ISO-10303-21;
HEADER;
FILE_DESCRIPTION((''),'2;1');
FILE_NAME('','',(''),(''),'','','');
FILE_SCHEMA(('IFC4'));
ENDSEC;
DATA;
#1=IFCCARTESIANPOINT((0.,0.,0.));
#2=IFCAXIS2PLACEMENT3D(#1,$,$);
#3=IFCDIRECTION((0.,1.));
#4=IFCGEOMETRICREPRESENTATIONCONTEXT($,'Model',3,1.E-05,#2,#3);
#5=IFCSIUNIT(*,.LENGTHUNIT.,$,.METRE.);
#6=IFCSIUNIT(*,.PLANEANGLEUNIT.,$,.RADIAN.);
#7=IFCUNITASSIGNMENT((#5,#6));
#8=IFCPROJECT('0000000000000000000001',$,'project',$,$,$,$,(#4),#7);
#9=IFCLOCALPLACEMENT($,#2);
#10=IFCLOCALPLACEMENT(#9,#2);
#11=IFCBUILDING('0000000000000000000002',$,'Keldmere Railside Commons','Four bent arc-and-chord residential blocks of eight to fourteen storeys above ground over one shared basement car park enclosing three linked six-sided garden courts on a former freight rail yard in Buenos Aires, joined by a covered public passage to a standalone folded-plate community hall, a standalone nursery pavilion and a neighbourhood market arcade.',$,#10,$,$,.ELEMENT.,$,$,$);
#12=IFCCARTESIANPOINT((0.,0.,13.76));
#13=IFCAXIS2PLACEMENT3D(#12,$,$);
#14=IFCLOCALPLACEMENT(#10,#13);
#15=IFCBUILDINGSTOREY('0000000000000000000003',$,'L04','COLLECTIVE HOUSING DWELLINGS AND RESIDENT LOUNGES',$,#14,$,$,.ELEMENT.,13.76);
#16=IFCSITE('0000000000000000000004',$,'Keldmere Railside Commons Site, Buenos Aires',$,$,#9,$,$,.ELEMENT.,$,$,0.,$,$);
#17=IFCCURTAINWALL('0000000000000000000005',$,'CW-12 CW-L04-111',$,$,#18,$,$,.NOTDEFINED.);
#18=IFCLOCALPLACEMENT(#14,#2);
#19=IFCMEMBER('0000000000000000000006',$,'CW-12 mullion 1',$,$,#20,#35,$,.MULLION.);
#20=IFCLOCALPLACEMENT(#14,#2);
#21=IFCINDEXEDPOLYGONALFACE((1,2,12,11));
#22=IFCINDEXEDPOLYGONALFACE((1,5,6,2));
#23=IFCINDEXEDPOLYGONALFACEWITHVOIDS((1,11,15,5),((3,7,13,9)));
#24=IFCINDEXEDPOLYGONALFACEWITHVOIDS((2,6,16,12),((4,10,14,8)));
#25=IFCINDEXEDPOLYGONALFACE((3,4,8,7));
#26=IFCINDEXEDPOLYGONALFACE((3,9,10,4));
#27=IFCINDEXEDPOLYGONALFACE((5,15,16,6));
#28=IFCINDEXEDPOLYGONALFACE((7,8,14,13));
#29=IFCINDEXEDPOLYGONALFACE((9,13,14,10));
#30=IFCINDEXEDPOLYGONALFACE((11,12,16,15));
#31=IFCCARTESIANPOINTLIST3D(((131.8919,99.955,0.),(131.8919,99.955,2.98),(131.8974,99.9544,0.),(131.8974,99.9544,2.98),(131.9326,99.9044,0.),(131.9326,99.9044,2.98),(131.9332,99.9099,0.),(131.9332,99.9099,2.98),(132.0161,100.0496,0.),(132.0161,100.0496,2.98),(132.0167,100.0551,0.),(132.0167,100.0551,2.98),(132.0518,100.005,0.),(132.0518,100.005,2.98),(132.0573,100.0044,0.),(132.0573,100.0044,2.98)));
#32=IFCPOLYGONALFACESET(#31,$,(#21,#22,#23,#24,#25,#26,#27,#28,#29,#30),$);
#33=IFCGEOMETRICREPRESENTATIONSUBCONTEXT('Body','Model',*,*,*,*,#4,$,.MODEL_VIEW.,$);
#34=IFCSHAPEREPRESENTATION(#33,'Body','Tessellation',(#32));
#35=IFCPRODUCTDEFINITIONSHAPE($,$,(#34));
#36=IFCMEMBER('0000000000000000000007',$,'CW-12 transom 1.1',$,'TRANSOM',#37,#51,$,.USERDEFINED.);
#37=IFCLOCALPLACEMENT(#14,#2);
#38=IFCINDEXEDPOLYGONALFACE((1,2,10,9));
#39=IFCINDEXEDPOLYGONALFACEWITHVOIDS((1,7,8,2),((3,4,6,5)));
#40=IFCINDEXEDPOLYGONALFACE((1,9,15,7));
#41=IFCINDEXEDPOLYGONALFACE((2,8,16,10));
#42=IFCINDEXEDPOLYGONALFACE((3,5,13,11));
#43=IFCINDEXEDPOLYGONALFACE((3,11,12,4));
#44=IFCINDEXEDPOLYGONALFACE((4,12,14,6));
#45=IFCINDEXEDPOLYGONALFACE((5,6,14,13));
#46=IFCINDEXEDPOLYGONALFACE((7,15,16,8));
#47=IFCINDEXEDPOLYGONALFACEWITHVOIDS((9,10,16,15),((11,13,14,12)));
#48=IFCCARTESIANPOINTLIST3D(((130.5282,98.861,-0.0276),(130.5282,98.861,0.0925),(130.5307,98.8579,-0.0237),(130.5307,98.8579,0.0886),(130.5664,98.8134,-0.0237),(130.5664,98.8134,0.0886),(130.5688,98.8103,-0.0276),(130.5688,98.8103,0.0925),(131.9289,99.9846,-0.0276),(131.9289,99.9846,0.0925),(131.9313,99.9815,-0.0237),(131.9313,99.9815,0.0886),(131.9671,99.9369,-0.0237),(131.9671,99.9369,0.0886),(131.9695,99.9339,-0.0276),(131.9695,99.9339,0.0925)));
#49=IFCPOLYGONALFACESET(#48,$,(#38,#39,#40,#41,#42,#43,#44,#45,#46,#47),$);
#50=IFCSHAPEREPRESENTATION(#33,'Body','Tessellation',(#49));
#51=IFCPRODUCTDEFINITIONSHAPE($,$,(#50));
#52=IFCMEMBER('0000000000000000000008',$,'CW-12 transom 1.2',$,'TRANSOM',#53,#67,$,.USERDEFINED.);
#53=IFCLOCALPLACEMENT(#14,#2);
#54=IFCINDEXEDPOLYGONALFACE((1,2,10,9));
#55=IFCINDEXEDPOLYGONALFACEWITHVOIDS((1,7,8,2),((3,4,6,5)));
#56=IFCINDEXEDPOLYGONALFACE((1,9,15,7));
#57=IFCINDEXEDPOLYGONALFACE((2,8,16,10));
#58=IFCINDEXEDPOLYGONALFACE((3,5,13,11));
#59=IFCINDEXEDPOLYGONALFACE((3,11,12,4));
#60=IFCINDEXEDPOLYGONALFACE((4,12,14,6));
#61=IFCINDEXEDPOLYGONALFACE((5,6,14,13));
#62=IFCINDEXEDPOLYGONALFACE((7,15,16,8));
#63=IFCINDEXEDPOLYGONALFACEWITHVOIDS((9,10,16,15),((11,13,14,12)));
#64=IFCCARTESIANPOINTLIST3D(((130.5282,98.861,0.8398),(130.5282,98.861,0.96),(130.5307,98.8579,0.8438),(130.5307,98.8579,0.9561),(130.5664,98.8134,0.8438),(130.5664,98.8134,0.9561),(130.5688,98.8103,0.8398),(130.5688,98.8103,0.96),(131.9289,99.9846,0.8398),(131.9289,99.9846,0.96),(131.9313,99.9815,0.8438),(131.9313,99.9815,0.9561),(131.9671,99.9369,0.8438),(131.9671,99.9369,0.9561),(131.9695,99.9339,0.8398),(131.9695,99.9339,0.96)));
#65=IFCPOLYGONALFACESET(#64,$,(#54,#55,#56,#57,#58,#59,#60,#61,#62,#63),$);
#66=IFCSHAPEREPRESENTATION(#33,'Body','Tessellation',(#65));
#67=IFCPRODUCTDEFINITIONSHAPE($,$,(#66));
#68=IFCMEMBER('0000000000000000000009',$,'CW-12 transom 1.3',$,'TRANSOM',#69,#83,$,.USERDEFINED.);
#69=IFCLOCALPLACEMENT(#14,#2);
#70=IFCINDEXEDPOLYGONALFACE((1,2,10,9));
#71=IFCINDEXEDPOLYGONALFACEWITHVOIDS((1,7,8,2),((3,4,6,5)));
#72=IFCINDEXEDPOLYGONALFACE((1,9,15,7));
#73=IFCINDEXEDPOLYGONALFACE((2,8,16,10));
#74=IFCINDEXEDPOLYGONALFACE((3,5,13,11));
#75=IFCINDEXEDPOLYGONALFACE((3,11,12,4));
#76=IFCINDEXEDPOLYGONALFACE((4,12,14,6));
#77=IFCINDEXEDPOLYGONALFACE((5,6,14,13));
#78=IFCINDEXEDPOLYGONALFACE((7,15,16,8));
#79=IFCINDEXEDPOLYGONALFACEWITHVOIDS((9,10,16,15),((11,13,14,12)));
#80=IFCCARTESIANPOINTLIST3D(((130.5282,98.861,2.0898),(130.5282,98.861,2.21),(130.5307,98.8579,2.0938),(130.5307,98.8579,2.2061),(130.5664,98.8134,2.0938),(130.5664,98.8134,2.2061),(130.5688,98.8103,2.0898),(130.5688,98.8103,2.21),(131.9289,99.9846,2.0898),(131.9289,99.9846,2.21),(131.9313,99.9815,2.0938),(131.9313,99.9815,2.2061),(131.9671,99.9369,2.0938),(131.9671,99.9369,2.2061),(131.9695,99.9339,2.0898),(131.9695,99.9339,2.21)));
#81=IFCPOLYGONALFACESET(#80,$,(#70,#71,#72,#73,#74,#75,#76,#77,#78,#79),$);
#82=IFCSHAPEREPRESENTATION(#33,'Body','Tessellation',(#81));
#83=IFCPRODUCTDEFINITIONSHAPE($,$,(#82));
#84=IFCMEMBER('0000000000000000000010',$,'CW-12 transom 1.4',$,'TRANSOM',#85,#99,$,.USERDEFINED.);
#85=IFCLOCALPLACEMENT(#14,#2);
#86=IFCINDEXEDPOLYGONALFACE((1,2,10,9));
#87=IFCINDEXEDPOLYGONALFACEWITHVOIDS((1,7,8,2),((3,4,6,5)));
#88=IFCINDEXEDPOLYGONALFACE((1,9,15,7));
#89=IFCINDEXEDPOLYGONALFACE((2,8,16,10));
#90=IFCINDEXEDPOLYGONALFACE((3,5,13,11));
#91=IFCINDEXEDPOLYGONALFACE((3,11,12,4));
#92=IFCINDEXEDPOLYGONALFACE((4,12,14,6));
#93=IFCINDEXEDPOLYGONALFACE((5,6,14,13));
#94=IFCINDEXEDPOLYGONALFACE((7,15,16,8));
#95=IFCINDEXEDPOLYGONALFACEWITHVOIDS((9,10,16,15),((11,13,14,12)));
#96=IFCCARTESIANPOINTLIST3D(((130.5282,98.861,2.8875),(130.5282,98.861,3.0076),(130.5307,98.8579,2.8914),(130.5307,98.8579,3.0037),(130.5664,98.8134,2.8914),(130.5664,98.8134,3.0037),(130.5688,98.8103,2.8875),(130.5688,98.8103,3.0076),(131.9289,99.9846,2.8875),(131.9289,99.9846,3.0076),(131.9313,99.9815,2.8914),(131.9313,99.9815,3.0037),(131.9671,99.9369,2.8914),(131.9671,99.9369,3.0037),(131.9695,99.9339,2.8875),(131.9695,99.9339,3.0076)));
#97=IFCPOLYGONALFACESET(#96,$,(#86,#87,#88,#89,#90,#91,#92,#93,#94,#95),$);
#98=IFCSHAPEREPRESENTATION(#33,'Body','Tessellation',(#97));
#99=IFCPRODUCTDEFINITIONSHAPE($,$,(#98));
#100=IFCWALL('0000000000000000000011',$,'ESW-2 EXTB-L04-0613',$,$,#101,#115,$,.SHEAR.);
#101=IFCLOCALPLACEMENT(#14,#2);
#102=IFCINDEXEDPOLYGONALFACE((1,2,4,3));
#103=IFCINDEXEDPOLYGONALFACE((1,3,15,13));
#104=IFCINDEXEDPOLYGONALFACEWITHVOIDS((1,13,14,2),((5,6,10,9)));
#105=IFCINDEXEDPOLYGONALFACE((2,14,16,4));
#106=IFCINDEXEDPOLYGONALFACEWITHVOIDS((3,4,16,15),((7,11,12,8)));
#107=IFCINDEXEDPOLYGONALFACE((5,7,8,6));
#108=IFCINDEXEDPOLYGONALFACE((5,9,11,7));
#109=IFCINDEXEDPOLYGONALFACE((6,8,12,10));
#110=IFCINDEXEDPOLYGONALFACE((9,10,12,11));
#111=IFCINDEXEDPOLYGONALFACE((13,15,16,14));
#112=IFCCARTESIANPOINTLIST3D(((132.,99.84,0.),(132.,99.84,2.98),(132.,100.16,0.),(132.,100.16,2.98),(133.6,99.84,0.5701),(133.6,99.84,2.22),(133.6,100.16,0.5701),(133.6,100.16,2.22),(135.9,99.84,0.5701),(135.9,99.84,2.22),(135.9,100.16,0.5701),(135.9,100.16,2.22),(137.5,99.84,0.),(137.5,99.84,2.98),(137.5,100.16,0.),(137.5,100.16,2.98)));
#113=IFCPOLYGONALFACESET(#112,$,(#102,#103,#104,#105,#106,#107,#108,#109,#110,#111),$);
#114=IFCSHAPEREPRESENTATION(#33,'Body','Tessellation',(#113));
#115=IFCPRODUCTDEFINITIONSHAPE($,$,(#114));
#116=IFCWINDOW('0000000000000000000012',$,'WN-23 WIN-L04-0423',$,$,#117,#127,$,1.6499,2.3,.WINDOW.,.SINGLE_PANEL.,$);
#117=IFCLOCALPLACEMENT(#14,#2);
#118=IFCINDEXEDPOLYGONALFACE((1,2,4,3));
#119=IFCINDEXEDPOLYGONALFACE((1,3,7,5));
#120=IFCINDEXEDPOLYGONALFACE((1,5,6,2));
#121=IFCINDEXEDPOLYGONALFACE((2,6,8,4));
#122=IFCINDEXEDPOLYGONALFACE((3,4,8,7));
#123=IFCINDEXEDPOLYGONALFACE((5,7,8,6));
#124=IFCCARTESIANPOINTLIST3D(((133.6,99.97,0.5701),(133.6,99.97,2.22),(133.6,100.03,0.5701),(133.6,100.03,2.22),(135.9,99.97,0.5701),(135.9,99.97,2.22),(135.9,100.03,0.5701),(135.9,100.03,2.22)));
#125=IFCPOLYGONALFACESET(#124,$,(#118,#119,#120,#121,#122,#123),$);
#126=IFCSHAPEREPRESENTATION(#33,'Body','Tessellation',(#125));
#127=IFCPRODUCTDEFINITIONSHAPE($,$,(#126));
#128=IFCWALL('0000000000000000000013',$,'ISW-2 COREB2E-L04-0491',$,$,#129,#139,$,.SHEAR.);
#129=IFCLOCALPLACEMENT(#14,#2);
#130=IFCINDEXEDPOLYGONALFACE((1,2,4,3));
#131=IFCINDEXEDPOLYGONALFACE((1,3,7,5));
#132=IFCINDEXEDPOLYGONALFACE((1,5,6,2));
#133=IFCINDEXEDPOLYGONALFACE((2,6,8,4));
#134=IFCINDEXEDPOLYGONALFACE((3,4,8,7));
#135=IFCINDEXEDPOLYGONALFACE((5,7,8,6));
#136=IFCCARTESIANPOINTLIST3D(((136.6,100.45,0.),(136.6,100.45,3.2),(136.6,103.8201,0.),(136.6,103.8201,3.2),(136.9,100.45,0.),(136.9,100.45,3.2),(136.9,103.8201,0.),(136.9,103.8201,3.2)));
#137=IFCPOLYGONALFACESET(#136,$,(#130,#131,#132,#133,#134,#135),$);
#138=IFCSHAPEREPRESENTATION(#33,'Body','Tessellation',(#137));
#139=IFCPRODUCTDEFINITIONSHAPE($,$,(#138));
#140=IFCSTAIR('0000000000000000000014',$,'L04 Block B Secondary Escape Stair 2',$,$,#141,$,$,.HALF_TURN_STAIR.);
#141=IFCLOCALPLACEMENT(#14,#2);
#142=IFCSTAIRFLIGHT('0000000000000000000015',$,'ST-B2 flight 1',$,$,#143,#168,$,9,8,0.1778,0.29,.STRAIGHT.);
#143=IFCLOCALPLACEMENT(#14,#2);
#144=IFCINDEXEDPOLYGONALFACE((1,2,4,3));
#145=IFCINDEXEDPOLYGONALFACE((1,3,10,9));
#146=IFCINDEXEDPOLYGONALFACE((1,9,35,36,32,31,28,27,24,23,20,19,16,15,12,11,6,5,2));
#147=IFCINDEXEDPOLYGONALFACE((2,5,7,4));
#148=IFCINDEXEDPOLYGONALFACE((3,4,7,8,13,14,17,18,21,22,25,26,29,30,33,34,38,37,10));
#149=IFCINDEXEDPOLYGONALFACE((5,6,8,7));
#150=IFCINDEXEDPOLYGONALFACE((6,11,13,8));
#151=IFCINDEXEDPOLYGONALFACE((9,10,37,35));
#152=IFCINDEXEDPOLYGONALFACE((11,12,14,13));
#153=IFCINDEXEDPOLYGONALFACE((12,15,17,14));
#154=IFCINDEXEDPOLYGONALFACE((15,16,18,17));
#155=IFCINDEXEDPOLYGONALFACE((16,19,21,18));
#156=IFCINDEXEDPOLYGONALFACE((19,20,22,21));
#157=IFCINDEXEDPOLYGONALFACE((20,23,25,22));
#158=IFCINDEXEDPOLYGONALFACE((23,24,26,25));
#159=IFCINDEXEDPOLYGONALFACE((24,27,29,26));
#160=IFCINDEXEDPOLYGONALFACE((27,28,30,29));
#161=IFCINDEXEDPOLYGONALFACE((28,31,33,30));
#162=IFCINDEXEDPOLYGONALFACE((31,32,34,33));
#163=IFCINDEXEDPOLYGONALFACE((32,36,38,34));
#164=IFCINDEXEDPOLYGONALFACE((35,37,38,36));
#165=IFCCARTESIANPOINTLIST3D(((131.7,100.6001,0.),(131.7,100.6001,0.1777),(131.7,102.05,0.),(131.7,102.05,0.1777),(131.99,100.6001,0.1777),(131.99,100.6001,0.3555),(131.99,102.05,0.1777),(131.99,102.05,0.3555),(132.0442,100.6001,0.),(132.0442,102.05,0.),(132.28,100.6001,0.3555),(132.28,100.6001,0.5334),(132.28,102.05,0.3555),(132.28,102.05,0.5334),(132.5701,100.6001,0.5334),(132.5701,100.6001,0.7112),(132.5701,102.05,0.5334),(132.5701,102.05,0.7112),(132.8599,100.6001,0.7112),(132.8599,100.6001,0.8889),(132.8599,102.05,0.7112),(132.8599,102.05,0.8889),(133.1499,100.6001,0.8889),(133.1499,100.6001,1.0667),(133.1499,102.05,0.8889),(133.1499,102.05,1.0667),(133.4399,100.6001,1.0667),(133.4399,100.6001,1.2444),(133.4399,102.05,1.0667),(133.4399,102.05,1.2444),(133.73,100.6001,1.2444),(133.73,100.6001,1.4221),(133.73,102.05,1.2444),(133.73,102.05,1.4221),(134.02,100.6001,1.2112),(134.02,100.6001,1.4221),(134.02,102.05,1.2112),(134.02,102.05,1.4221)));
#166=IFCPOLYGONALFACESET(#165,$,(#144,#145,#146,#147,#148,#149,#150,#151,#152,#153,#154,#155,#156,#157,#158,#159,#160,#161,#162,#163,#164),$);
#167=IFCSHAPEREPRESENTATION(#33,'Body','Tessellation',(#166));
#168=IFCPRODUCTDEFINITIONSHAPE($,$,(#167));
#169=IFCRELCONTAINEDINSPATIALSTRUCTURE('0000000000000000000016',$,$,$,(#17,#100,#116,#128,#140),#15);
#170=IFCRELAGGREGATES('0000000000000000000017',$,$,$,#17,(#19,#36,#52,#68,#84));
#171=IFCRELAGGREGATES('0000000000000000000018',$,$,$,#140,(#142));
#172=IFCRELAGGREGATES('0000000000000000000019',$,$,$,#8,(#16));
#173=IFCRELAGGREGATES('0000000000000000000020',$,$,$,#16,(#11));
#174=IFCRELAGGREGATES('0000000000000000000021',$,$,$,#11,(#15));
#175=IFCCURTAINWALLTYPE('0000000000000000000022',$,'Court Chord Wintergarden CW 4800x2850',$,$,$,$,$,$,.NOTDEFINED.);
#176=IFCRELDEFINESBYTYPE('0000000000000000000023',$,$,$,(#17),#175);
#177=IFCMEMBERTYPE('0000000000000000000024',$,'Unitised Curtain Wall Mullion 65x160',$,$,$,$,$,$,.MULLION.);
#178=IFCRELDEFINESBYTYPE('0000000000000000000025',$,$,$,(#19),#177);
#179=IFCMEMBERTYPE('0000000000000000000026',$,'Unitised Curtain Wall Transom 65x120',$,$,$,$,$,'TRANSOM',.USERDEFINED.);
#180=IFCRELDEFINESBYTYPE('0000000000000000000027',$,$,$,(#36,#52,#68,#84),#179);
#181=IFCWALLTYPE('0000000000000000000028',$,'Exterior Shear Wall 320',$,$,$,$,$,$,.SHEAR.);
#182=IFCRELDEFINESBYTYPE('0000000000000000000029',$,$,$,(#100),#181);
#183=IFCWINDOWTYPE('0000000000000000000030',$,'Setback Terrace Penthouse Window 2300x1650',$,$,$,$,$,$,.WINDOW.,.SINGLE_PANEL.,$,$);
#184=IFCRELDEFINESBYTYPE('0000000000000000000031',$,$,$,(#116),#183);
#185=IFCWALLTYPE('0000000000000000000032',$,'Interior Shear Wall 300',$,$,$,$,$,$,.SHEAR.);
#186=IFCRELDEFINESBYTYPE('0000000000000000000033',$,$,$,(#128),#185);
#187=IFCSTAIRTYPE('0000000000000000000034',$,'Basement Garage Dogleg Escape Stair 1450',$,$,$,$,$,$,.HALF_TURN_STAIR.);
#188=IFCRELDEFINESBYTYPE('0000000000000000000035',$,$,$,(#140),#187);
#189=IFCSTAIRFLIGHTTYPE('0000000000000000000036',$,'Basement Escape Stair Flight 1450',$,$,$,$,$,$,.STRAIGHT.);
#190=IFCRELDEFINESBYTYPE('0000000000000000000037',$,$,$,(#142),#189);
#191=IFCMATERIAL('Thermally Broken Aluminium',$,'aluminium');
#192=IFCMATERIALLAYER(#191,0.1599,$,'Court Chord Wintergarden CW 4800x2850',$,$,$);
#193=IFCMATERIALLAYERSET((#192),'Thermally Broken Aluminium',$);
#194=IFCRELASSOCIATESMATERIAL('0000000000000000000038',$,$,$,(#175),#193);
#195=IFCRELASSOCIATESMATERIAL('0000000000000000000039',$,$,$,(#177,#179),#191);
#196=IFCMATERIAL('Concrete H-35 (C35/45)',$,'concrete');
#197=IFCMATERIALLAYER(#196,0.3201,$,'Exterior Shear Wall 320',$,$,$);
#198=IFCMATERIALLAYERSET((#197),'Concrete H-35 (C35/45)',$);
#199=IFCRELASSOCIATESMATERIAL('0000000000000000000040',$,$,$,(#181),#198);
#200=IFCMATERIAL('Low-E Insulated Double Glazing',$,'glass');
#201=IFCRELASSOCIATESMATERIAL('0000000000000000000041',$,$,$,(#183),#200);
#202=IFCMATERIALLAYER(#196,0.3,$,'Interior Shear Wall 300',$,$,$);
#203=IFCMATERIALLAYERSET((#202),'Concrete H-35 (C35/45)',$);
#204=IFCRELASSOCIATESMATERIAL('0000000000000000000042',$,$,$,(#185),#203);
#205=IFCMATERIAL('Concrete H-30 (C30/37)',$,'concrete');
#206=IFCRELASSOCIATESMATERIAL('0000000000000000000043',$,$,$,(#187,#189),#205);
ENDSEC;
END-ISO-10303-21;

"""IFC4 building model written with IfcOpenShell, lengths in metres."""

from ifc_helpers import new_model, si_unit, direction, frame, frame_2d, origin, origin_2d, place, context, subcontext, project, spatial, polyline, rectangle, hollow_rectangle, outline, extrude, material, layer, layer_set, material_profile, profile_set, type_object, element, fill, aggregate, save


model = new_model("IFC4")

# Units and contexts
model_context = context("Model", 3, precision=1e-05, world=origin(), true_north=direction((0.0, 1.0)))
body_context = subcontext(model_context, "Body", "Model", "MODEL_VIEW")
ifc_project = project(units=[si_unit("LENGTHUNIT", "METRE"), si_unit("PLANEANGLEUNIT", "RADIAN")], contexts=[model_context])

# Site, building, storey
site_placement = place(None, origin())
site = spatial("IfcSite", under=ifc_project, at=site_placement, Name="Keldmere Railside Commons Site, Buenos Aires", CompositionType="ELEMENT", RefElevation=0.0)
building_placement = place(site_placement, origin())
building = spatial("IfcBuilding", under=site, at=building_placement, Name="Keldmere Railside Commons", Description="Four bent arc-and-chord residential blocks of eight to fourteen storeys above ground over one shared basement car park enclosing three linked six-sided garden courts on a former freight rail yard in Buenos Aires, joined by a covered public passage to a standalone folded-plate community hall, a standalone nursery pavilion and a neighbourhood market arcade.", CompositionType="ELEMENT")
storey_placement = place(building_placement, frame((0.0, 0.0, 13.76)))
storey = spatial("IfcBuildingStorey", under=building, at=storey_placement, Name="L04", Description="COLLECTIVE HOUSING DWELLINGS AND RESIDENT LOUNGES", CompositionType="ELEMENT", Elevation=13.76)

# Curtain wall, members
ifc_material_1 = material(Name="Thermally Broken Aluminium", Category="aluminium")
ifc_layer_1 = layer(ifc_material_1, 0.1599, Name="Court Chord Wintergarden CW 4800x2850")
ifc_layer_set_1 = layer_set([ifc_layer_1], Name="Thermally Broken Aluminium")
curtain_wall_type = type_object("IfcCurtainWallType", Name="Court Chord Wintergarden CW 4800x2850", PredefinedType="NOTDEFINED", material=ifc_layer_set_1)
curtain_wall_placement = place(storey_placement, origin())
curtain_wall = element("IfcCurtainWall", 1, at=curtain_wall_placement, inside=storey, type_object=curtain_wall_type, Name="CW-12 CW-L04-111", PredefinedType="NOTDEFINED")
ifc_material_profile_1 = material_profile(ifc_material_1, hollow_rectangle(XDim=0.0649, YDim=0.1599, WallThickness=0.0039, at=origin_2d()), Name="ALU-MULL-65x160")
ifc_profile_set_1 = profile_set([ifc_material_profile_1], Name="Thermally Broken Aluminium")
member_type_1 = type_object("IfcMemberType", Name="Unitised Curtain Wall Mullion 65x160", PredefinedType="MULLION", material=ifc_profile_set_1)
member_1_placement = place(storey_placement, frame((131.9746, 99.9797, 0.0), z_axis=(0.0, 0.0, 1.0), x_axis=(0.625768, -0.780009, 0.0)))
member_1 = element("IfcMember", 2, at=member_1_placement, type_object=member_type_1, Name="CW-12 mullion 1", PredefinedType="MULLION", context=body_context, shape_type="SweptSolid", body=[
    extrude(hollow_rectangle(XDim=0.0649, YDim=0.1599, WallThickness=0.0039, at=origin_2d()), origin(), (0.0, 0.0, 1.0), 2.98),
])
ifc_material_profile_2 = material_profile(ifc_material_1, hollow_rectangle(XDim=0.0649, YDim=0.1201, WallThickness=0.0039, at=origin_2d()), Name="ALU-TRAN-65x120")
ifc_profile_set_2 = profile_set([ifc_material_profile_2], Name="Thermally Broken Aluminium")
member_type_2 = type_object("IfcMemberType", Name="Unitised Curtain Wall Transom 65x120", ElementType="TRANSOM", PredefinedType="USERDEFINED", material=ifc_profile_set_2)
member_2_placement = place(storey_placement, frame((131.9492, 99.9592, 0.0325), z_axis=(-0.780046, -0.625723, 0.0), x_axis=(0.625723, -0.780046, 0.0)))
member_2 = element("IfcMember", 3, at=member_2_placement, type_object=member_type_2, Name="CW-12 transom 1.1", ObjectType="TRANSOM", PredefinedType="USERDEFINED", context=body_context, shape_type="SweptSolid", body=[
    extrude(hollow_rectangle(XDim=0.0649, YDim=0.1201, WallThickness=0.0039, at=origin_2d()), origin(), (0.0, 0.0, 1.0), 1.7957),
])
member_3_placement = place(storey_placement, frame((131.9492, 99.9592, 0.8999), z_axis=(-0.780046, -0.625723, 0.0), x_axis=(0.625723, -0.780046, 0.0)))
member_3 = element("IfcMember", 4, at=member_3_placement, type_object=member_type_2, Name="CW-12 transom 1.2", ObjectType="TRANSOM", PredefinedType="USERDEFINED", context=body_context, shape_type="SweptSolid", body=[
    extrude(hollow_rectangle(XDim=0.0649, YDim=0.1201, WallThickness=0.0039, at=origin_2d()), origin(), (0.0, 0.0, 1.0), 1.7957),
])
member_4_placement = place(storey_placement, frame((131.9492, 99.9592, 2.1499), z_axis=(-0.780046, -0.625723, 0.0), x_axis=(0.625723, -0.780046, 0.0)))
member_4 = element("IfcMember", 5, at=member_4_placement, type_object=member_type_2, Name="CW-12 transom 1.3", ObjectType="TRANSOM", PredefinedType="USERDEFINED", context=body_context, shape_type="SweptSolid", body=[
    extrude(hollow_rectangle(XDim=0.0649, YDim=0.1201, WallThickness=0.0039, at=origin_2d()), origin(), (0.0, 0.0, 1.0), 1.7957),
])
member_5_placement = place(storey_placement, frame((131.9492, 99.9592, 2.9475), z_axis=(-0.780046, -0.625723, 0.0), x_axis=(0.625723, -0.780046, 0.0)))
member_5 = element("IfcMember", 6, at=member_5_placement, type_object=member_type_2, Name="CW-12 transom 1.4", ObjectType="TRANSOM", PredefinedType="USERDEFINED", context=body_context, shape_type="SweptSolid", body=[
    extrude(hollow_rectangle(XDim=0.0649, YDim=0.1201, WallThickness=0.0039, at=origin_2d()), origin(), (0.0, 0.0, 1.0), 1.7957),
])
aggregate(curtain_wall, [member_1, member_2, member_3, member_4, member_5])

# Wall, opening, window
ifc_material_2 = material(Name="Concrete H-35 (C35/45)", Category="concrete")
ifc_layer_2 = layer(ifc_material_2, 0.3201, Name="Exterior Shear Wall 320")
ifc_layer_set_2 = layer_set([ifc_layer_2], Name="Concrete H-35 (C35/45)")
wall_type_1 = type_object("IfcWallType", Name="Exterior Shear Wall 320", PredefinedType="SHEAR", material=ifc_layer_set_2)
wall_1_placement = place(storey_placement, frame((137.5, 100.0, 0.0), z_axis=(0.0, 0.0, 1.0), x_axis=(-1.0, 0.0, 0.0)))
wall_1 = element("IfcWall", 7, at=wall_1_placement, inside=storey, type_object=wall_type_1, Name="ESW-2 EXTB-L04-0613", PredefinedType="SHEAR", context=body_context, shape_type="SweptSolid", body=[
    extrude(rectangle(XDim=5.5, YDim=0.3201, at=frame_2d((2.75, 0.0))), origin(), (0.0, 0.0, 1.0), 2.98),
])
opening_placement = place(wall_1_placement, frame((1.6001, 0.0, 0.5701)))
opening = element("IfcOpeningElement", 8, at=opening_placement, cuts=wall_1, PredefinedType="OPENING", context=body_context, shape_type="SweptSolid", body=[
    extrude(rectangle(XDim=2.3, YDim=1.6499, at=frame_2d((1.1499, 0.825))), frame((0.0, 0.1699, 0.0), z_axis=(0.0, -1.0, 0.0), x_axis=(1.0, 0.0, 0.0)), (0.0, 0.0, 1.0), 0.3401),
])
ifc_material_3 = material(Name="Low-E Insulated Double Glazing", Category="glass")
window_type = type_object("IfcWindowType", Name="Setback Terrace Penthouse Window 2300x1650", PartitioningType="SINGLE_PANEL", PredefinedType="WINDOW", material=ifc_material_3)
window_placement = place(opening_placement, origin())
window = element("IfcWindow", 9, at=window_placement, inside=storey, type_object=window_type, Name="WN-23 WIN-L04-0423", OverallHeight=1.6499, OverallWidth=2.3, PartitioningType="SINGLE_PANEL", PredefinedType="WINDOW", context=body_context, shape_type="SweptSolid", body=[
    extrude(rectangle(XDim=2.3, YDim=1.6499, at=frame_2d((1.1499, 0.825))), frame((0.0, 0.03, 0.0), z_axis=(0.0, -1.0, 0.0), x_axis=(1.0, 0.0, 0.0)), (0.0, 0.0, 1.0), 0.0601),
])
fill(opening, window)

# Wall
ifc_layer_3 = layer(ifc_material_2, 0.3, Name="Interior Shear Wall 300")
ifc_layer_set_3 = layer_set([ifc_layer_3], Name="Concrete H-35 (C35/45)")
wall_type_2 = type_object("IfcWallType", Name="Interior Shear Wall 300", PredefinedType="SHEAR", material=ifc_layer_set_3)
wall_2_placement = place(storey_placement, frame((136.75, 100.45, 0.0), z_axis=(0.0, 0.0, 1.0), x_axis=(0.0, 1.0, 0.0)))
element("IfcWall", 10, at=wall_2_placement, inside=storey, type_object=wall_type_2, Name="ISW-2 COREB2E-L04-0491", PredefinedType="SHEAR", context=body_context, shape_type="SweptSolid", body=[
    extrude(rectangle(XDim=3.3701, YDim=0.3, at=frame_2d((1.6851, 0.0))), origin(), (0.0, 0.0, 1.0), 3.2),
])

# Stair, stair flight
ifc_material_4 = material(Name="Concrete H-30 (C30/37)", Category="concrete")
stair_type = type_object("IfcStairType", Name="Basement Garage Dogleg Escape Stair 1450", PredefinedType="HALF_TURN_STAIR", material=ifc_material_4)
stair_placement = place(storey_placement, origin())
stair = element("IfcStair", 11, at=stair_placement, inside=storey, type_object=stair_type, Name="L04 Block B Secondary Escape Stair 2", PredefinedType="HALF_TURN_STAIR")
stair_flight_type = type_object("IfcStairFlightType", Name="Basement Escape Stair Flight 1450", PredefinedType="STRAIGHT", material=ifc_material_4)
stair_flight_1_placement = place(storey_placement, frame((131.7, 101.325, 0.0), z_axis=(0.0, 0.0, 1.0), x_axis=(1.0, 0.0, 0.0)))
stair_flight_1 = element("IfcStairFlight", 12, at=stair_flight_1_placement, type_object=stair_flight_type, Name="ST-B2 flight 1", NumberOfRisers=9, NumberOfTreads=8, PredefinedType="STRAIGHT", RiserHeight=0.1778, TreadLength=0.29, context=body_context, shape_type="SweptSolid", body=[
    extrude(outline(polyline([(0.0, 0.0), (0.0, 0.1777), (0.29, 0.1777), (0.29, 0.3555), (0.5801, 0.3555), (0.5801, 0.5334), (0.8701, 0.5334), (0.8701, 0.7112), (1.1599, 0.7112), (1.1599, 0.8889), (1.45, 0.8889), (1.45, 1.0667), (1.74, 1.0667), (1.74, 1.2444), (2.03, 1.2444), (2.03, 1.4221), (2.3201, 1.4221), (2.3201, 1.6001), (2.3201, 1.2112), (0.3442, 0.0), (0.0, 0.0)])), frame((0.0, 0.7251, 0.0), z_axis=(0.0, -1.0, 0.0), x_axis=(1.0, 0.0, 0.0)), (0.0, 0.0, 1.0), 1.45),
])
aggregate(stair, [stair_flight_1])

save(model, "model.ifc")
